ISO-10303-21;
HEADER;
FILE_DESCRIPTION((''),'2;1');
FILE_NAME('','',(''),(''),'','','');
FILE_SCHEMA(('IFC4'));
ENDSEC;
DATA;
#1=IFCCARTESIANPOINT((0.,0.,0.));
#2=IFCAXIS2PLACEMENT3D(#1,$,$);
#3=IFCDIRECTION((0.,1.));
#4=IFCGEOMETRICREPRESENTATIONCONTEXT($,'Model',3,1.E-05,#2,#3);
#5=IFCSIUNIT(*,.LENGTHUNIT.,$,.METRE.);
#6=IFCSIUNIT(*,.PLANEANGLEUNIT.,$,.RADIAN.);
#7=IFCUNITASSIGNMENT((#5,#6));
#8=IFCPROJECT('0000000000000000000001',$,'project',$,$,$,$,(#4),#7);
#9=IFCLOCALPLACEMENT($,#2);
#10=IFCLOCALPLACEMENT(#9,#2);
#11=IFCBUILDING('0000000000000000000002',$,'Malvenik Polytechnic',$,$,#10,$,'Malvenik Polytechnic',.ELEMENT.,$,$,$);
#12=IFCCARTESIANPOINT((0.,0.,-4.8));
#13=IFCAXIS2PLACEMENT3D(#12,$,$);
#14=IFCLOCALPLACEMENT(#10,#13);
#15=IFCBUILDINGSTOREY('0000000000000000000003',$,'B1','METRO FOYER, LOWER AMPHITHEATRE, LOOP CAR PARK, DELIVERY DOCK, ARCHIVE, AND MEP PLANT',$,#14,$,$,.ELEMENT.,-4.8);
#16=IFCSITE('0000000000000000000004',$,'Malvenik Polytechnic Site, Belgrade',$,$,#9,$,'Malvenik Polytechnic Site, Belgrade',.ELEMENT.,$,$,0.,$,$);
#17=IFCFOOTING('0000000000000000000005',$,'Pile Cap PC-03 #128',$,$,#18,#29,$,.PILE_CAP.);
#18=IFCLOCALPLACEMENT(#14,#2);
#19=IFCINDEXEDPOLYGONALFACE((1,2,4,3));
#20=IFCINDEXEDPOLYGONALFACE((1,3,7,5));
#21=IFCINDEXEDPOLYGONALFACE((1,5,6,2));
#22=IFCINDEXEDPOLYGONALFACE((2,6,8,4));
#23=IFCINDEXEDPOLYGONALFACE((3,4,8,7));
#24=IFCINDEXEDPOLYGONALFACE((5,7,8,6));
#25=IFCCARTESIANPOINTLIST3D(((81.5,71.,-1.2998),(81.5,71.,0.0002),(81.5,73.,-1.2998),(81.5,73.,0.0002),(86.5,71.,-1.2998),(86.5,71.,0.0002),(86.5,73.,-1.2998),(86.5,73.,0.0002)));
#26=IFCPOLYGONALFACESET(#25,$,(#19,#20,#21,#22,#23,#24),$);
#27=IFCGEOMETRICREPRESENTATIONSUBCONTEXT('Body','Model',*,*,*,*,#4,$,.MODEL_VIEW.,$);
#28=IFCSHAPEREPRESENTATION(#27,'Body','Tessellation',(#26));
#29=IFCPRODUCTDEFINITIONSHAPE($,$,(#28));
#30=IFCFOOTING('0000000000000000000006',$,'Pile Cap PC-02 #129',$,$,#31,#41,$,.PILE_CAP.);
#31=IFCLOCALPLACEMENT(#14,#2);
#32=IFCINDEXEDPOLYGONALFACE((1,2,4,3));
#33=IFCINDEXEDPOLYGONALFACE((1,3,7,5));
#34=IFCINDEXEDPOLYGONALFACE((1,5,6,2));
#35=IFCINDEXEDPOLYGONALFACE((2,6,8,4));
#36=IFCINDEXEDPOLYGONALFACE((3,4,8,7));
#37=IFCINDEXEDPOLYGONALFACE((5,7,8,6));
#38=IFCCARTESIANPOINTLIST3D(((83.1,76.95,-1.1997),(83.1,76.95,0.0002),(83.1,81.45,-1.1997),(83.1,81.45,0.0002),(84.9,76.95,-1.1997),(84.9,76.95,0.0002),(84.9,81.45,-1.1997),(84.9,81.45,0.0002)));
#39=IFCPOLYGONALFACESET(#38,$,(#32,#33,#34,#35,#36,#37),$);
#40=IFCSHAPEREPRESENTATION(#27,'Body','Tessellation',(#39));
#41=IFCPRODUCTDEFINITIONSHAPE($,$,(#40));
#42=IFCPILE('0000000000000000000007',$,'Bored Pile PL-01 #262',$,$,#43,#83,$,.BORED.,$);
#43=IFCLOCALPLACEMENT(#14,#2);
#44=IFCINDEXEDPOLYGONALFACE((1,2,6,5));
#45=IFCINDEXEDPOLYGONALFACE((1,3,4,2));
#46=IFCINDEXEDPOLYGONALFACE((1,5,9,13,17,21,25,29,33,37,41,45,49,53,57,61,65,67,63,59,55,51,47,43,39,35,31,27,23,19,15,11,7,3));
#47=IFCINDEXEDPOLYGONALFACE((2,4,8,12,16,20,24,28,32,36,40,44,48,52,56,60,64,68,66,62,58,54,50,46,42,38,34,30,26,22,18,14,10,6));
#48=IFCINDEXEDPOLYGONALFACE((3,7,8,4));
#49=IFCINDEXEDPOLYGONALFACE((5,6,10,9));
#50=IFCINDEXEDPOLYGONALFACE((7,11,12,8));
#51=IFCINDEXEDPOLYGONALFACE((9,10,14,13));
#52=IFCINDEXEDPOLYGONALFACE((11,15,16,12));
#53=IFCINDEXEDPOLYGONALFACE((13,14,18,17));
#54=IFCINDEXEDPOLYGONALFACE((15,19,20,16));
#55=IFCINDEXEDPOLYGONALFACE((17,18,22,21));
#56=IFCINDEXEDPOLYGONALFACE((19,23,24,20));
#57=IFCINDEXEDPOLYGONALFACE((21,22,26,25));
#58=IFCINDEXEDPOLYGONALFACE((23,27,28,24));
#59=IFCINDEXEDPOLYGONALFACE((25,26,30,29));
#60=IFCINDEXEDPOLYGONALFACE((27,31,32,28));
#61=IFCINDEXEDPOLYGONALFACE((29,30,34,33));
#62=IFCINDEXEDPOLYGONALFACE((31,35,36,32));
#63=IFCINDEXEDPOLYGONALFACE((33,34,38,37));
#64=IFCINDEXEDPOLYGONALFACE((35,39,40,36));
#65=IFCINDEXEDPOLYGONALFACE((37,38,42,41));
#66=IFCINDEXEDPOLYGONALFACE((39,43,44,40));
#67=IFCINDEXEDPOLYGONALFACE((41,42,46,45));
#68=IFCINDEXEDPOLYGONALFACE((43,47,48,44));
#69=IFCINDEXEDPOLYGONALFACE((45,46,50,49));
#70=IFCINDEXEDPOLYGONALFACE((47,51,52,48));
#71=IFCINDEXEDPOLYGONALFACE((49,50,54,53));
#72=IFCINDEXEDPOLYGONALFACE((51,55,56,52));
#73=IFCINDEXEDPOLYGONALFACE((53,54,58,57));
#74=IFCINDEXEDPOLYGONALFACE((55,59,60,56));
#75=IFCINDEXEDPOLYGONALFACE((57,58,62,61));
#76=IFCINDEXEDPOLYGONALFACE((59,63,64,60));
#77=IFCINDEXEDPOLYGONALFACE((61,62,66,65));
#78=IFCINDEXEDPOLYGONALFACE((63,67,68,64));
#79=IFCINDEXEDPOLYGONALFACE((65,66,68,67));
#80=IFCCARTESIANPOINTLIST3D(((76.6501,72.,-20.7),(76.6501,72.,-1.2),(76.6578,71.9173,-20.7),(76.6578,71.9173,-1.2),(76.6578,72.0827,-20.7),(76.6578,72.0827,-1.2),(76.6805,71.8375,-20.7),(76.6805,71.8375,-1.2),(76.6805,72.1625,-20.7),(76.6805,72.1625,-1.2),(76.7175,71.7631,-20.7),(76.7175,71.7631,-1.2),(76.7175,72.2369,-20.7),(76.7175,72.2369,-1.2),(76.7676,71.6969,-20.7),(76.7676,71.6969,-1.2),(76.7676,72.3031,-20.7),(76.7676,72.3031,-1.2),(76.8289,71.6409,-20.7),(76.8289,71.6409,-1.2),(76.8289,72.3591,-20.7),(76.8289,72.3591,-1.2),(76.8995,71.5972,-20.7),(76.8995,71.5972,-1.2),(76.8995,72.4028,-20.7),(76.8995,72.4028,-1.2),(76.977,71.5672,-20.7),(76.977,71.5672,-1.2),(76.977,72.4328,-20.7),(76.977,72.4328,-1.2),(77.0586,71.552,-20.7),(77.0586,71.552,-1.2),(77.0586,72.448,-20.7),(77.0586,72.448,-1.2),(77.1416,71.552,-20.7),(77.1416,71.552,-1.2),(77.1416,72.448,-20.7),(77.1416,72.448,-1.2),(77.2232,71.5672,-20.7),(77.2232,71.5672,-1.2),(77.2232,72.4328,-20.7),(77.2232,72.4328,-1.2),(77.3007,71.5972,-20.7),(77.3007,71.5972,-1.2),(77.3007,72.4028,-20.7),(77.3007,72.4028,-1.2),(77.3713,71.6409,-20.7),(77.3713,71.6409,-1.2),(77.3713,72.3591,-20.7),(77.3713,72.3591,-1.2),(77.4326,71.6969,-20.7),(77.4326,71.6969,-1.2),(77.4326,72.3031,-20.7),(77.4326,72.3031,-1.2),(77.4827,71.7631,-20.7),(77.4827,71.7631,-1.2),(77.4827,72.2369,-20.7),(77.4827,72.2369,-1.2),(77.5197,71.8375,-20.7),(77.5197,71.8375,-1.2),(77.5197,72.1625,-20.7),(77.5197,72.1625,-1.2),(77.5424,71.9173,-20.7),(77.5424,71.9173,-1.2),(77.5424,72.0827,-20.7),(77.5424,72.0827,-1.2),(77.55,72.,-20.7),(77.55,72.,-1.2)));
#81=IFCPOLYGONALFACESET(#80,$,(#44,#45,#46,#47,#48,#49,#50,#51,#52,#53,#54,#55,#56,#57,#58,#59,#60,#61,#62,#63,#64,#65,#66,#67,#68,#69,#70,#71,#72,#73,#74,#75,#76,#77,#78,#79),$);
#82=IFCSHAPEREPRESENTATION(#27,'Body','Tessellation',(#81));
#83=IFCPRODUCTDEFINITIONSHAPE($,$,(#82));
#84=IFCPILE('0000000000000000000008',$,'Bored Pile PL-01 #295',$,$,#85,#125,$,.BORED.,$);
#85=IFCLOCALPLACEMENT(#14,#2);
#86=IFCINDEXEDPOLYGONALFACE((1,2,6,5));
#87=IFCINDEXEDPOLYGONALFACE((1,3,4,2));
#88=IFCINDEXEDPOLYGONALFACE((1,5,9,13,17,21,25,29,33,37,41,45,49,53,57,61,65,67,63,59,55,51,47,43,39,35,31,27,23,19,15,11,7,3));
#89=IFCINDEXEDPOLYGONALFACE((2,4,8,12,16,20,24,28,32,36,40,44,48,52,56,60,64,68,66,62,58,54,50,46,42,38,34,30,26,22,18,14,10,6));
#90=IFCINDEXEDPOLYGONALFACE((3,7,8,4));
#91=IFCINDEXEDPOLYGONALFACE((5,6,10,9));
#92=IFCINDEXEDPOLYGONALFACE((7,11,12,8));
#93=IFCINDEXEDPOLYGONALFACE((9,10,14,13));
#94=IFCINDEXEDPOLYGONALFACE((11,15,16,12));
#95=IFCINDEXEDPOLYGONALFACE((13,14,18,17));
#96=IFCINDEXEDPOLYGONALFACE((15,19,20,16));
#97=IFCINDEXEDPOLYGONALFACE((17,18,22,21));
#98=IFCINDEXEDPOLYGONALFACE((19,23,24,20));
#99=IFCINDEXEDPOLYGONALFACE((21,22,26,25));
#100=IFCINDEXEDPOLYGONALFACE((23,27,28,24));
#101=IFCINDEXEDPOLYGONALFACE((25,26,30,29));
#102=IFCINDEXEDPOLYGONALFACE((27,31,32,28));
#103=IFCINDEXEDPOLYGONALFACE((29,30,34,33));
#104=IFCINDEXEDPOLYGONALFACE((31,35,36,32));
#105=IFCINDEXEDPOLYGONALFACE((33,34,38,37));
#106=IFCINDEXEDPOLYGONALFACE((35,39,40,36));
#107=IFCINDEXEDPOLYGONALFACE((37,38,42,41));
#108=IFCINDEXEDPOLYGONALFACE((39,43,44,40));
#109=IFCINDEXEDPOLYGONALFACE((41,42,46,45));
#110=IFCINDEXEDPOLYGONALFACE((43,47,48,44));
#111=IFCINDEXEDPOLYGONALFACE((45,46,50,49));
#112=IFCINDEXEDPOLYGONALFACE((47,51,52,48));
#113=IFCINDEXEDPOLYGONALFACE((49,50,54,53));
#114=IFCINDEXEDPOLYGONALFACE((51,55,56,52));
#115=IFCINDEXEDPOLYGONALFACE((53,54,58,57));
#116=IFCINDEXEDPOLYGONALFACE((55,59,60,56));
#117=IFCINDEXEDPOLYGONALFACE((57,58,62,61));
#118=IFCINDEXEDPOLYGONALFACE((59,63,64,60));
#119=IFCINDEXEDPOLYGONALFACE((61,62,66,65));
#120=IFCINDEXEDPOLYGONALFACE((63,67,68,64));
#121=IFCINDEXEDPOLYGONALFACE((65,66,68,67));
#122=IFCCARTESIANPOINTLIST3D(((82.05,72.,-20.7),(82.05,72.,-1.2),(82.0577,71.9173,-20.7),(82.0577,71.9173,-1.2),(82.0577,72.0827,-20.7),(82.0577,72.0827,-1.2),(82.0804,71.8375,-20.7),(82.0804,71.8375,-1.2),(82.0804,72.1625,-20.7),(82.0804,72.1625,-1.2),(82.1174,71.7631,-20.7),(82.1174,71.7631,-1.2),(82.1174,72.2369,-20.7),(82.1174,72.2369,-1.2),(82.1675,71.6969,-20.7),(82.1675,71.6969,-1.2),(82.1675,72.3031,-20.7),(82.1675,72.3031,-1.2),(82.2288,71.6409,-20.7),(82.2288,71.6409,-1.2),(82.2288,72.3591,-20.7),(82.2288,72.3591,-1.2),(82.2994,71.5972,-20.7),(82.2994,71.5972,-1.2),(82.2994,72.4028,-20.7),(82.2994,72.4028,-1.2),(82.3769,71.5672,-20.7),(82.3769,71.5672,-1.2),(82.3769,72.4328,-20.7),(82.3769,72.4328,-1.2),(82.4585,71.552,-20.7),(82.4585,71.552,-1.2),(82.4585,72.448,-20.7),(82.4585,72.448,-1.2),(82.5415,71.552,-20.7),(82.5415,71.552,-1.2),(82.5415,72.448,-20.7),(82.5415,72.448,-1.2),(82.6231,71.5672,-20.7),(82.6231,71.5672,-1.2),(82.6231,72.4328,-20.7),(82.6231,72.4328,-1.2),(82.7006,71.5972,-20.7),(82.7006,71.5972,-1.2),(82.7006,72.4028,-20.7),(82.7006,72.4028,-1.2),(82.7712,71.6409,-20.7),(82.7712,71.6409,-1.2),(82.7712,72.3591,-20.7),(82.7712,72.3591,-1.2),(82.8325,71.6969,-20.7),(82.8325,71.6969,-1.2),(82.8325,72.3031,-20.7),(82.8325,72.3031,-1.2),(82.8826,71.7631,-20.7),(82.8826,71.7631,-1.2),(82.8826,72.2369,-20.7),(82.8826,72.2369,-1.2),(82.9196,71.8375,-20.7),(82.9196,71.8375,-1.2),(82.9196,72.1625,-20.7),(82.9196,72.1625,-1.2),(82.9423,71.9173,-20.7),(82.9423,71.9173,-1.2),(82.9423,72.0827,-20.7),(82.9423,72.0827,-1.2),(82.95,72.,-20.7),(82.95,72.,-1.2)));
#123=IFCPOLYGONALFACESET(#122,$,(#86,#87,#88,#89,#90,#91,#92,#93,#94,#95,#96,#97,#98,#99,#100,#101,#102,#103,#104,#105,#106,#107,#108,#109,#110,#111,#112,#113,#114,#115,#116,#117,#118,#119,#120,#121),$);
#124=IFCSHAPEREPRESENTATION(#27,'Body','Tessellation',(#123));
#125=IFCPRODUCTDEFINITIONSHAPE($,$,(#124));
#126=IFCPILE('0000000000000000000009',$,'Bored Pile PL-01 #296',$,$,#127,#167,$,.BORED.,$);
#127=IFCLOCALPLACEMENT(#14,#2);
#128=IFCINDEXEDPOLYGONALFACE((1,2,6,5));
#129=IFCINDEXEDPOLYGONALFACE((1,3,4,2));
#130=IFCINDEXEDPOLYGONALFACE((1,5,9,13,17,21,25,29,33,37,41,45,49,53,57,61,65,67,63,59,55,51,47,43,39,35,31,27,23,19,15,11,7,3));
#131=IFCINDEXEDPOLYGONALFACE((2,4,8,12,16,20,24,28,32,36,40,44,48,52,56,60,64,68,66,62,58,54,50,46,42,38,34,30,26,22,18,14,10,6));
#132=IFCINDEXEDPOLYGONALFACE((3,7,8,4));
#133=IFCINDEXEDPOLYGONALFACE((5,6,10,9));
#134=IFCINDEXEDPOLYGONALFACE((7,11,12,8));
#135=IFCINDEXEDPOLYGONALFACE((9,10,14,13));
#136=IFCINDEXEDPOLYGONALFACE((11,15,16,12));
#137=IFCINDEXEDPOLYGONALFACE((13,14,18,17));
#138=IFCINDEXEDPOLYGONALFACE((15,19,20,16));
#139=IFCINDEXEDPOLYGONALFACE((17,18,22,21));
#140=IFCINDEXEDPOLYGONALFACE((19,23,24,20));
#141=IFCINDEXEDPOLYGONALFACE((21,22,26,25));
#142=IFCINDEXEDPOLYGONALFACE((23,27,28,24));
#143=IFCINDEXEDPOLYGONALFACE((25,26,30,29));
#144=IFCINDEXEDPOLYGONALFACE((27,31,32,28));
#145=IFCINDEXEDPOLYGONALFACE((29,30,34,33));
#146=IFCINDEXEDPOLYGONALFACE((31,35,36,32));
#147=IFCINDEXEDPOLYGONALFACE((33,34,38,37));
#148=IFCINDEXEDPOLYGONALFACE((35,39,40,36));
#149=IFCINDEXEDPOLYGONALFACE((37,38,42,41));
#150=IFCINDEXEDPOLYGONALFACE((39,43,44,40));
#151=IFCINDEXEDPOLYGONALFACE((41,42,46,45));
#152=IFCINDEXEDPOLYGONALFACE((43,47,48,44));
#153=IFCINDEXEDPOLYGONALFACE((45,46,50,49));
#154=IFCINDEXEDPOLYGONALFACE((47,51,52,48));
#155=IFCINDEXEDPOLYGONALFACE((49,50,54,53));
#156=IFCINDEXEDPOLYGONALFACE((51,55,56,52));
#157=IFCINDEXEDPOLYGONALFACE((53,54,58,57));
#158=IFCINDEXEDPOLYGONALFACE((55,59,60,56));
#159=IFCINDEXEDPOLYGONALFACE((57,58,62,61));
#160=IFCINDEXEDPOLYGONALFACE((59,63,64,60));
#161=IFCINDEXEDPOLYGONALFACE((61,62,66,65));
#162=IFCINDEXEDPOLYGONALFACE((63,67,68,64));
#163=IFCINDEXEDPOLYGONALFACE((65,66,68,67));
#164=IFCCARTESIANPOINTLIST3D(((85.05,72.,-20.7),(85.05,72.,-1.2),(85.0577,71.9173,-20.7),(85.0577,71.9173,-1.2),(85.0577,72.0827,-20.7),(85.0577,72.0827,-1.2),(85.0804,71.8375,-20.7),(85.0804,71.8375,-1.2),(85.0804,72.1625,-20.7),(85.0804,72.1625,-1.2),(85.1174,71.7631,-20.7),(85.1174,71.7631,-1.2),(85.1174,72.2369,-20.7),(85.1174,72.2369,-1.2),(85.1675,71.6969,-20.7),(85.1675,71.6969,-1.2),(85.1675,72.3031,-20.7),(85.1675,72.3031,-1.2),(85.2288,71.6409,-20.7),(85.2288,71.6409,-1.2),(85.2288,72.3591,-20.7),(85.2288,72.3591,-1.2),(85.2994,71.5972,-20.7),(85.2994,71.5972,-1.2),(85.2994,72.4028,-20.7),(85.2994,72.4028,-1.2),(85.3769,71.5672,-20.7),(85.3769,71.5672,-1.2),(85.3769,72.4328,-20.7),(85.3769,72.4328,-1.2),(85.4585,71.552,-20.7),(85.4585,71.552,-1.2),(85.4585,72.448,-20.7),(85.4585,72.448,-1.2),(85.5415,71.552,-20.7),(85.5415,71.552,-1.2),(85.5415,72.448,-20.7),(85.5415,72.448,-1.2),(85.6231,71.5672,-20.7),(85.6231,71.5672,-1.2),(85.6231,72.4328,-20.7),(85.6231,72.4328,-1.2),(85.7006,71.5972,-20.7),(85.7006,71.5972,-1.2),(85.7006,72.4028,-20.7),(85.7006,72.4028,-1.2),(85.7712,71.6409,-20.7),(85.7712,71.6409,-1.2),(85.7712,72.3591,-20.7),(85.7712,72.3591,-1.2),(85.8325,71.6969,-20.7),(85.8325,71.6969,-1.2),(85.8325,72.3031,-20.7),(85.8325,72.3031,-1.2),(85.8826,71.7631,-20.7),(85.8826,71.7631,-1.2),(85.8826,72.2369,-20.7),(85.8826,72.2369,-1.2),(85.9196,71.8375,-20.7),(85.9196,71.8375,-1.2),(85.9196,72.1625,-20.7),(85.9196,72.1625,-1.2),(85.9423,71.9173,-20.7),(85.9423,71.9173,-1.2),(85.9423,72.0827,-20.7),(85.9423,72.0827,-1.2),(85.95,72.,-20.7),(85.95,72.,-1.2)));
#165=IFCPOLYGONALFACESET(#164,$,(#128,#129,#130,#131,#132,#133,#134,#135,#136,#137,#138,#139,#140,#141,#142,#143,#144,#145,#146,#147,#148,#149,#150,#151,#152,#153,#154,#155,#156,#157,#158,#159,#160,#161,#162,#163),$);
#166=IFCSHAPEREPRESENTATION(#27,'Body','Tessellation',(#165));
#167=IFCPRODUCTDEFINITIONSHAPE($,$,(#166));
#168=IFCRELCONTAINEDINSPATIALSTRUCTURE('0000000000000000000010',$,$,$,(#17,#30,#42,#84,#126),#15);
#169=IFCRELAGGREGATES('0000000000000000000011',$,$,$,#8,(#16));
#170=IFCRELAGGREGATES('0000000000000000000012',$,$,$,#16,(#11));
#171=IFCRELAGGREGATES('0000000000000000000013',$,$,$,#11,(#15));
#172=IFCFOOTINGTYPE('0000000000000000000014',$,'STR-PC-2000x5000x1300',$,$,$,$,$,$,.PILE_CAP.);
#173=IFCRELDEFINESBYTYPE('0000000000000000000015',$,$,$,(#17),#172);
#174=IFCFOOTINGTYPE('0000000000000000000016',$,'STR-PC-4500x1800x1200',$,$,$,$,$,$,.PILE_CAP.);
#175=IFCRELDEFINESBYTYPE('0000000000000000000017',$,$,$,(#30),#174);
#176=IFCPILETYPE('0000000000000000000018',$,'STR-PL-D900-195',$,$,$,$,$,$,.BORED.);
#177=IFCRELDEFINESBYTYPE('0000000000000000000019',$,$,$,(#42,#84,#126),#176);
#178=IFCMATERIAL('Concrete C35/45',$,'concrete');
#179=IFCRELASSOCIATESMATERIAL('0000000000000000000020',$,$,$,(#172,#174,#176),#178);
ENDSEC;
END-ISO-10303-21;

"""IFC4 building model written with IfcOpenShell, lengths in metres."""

from ifc_helpers import new_model, si_unit, direction, frame, origin, origin_2d, place, context, subcontext, project, spatial, rectangle, circle, extrude, material, material_profile, profile_set, type_object, element, save


model = new_model("IFC4")

# Units and contexts
model_context = context("Model", 3, precision=1e-05, world=origin(), true_north=direction((0.0, 1.0)))
body_context = subcontext(model_context, "Body", "Model", "MODEL_VIEW")
ifc_project = project(units=[si_unit("LENGTHUNIT", "METRE"), si_unit("PLANEANGLEUNIT", "RADIAN")], contexts=[model_context])

# Site, building, storey
site_placement = place(None, origin())
site = spatial("IfcSite", under=ifc_project, at=site_placement, Name="Malvenik Polytechnic Site, Belgrade", LongName="Malvenik Polytechnic Site, Belgrade", CompositionType="ELEMENT", RefElevation=0.0)
building_placement = place(site_placement, origin())
building = spatial("IfcBuilding", under=site, at=building_placement, Name="Malvenik Polytechnic", LongName="Malvenik Polytechnic", CompositionType="ELEMENT")
storey_placement = place(building_placement, frame((0.0, 0.0, -4.8)))
storey = spatial("IfcBuildingStorey", under=building, at=storey_placement, Name="B1", Description="METRO FOYER, LOWER AMPHITHEATRE, LOOP CAR PARK, DELIVERY DOCK, ARCHIVE, AND MEP PLANT", CompositionType="ELEMENT", Elevation=-4.8)

# Footings
ifc_material_1 = material(Name="Concrete C35/45", Category="concrete")
footing_type_1 = type_object("IfcFootingType", Name="STR-PC-2000x5000x1300", PredefinedType="PILE_CAP", material=ifc_material_1)
footing_1_placement = place(storey_placement, frame((84.0, 72.0, -1.2998), z_axis=(0.0, 0.0, 1.0), x_axis=(1.0, 0.0, 0.0)))
element("IfcFooting", 1, at=footing_1_placement, inside=storey, type_object=footing_type_1, Name="Pile Cap PC-03 #128", PredefinedType="PILE_CAP", context=body_context, shape_type="SweptSolid", body=[
    extrude(rectangle(XDim=5.0, YDim=2.0, at=origin_2d()), origin(), (0.0, 0.0, 1.0), 1.3),
])
footing_type_2 = type_object("IfcFootingType", Name="STR-PC-4500x1800x1200", PredefinedType="PILE_CAP", material=ifc_material_1)
footing_2_placement = place(storey_placement, frame((84.0, 79.2, -1.1997), z_axis=(0.0, 0.0, 1.0), x_axis=(1.0, 0.0, 0.0)))
element("IfcFooting", 2, at=footing_2_placement, inside=storey, type_object=footing_type_2, Name="Pile Cap PC-02 #129", PredefinedType="PILE_CAP", context=body_context, shape_type="SweptSolid", body=[
    extrude(rectangle(XDim=1.8, YDim=4.5, at=origin_2d()), origin(), (0.0, 0.0, 1.0), 1.2),
])

# Piles
ifc_material_profile_1 = material_profile(ifc_material_1, circle(Radius=0.45, at=origin_2d()), Name="BORED PILE D900")
ifc_profile_set_1 = profile_set([ifc_material_profile_1], Name="Concrete C35/45")
pile_type_1 = type_object("IfcPileType", Name="STR-PL-D900-195", PredefinedType="BORED", material=ifc_profile_set_1)
for number, where, z_axis, x_axis, name in (
    (3, (77.1001, 72.0, -1.2), (0.0, 0.0, -1.0), (1.0, 0.0, 0.0), "Bored Pile PL-01 #262"),
    (4, (82.5, 72.0, -1.2), (0.0, 0.0, -1.0), (1.0, 0.0, 0.0), "Bored Pile PL-01 #295"),
    (5, (85.5, 72.0, -1.2), (0.0, 0.0, -1.0), (1.0, 0.0, 0.0), "Bored Pile PL-01 #296"),
):
    element("IfcPile", number, at=place(storey_placement, frame(where, z_axis=z_axis, x_axis=x_axis)), inside=storey, type_object=pile_type_1, Name=name, PredefinedType="BORED", context=body_context, shape_type="SweptSolid", body=[
        extrude(circle(Radius=0.45, at=origin_2d()), origin(), (0.0, 0.0, 1.0), 19.5),
    ])

save(model, "model.ifc")
